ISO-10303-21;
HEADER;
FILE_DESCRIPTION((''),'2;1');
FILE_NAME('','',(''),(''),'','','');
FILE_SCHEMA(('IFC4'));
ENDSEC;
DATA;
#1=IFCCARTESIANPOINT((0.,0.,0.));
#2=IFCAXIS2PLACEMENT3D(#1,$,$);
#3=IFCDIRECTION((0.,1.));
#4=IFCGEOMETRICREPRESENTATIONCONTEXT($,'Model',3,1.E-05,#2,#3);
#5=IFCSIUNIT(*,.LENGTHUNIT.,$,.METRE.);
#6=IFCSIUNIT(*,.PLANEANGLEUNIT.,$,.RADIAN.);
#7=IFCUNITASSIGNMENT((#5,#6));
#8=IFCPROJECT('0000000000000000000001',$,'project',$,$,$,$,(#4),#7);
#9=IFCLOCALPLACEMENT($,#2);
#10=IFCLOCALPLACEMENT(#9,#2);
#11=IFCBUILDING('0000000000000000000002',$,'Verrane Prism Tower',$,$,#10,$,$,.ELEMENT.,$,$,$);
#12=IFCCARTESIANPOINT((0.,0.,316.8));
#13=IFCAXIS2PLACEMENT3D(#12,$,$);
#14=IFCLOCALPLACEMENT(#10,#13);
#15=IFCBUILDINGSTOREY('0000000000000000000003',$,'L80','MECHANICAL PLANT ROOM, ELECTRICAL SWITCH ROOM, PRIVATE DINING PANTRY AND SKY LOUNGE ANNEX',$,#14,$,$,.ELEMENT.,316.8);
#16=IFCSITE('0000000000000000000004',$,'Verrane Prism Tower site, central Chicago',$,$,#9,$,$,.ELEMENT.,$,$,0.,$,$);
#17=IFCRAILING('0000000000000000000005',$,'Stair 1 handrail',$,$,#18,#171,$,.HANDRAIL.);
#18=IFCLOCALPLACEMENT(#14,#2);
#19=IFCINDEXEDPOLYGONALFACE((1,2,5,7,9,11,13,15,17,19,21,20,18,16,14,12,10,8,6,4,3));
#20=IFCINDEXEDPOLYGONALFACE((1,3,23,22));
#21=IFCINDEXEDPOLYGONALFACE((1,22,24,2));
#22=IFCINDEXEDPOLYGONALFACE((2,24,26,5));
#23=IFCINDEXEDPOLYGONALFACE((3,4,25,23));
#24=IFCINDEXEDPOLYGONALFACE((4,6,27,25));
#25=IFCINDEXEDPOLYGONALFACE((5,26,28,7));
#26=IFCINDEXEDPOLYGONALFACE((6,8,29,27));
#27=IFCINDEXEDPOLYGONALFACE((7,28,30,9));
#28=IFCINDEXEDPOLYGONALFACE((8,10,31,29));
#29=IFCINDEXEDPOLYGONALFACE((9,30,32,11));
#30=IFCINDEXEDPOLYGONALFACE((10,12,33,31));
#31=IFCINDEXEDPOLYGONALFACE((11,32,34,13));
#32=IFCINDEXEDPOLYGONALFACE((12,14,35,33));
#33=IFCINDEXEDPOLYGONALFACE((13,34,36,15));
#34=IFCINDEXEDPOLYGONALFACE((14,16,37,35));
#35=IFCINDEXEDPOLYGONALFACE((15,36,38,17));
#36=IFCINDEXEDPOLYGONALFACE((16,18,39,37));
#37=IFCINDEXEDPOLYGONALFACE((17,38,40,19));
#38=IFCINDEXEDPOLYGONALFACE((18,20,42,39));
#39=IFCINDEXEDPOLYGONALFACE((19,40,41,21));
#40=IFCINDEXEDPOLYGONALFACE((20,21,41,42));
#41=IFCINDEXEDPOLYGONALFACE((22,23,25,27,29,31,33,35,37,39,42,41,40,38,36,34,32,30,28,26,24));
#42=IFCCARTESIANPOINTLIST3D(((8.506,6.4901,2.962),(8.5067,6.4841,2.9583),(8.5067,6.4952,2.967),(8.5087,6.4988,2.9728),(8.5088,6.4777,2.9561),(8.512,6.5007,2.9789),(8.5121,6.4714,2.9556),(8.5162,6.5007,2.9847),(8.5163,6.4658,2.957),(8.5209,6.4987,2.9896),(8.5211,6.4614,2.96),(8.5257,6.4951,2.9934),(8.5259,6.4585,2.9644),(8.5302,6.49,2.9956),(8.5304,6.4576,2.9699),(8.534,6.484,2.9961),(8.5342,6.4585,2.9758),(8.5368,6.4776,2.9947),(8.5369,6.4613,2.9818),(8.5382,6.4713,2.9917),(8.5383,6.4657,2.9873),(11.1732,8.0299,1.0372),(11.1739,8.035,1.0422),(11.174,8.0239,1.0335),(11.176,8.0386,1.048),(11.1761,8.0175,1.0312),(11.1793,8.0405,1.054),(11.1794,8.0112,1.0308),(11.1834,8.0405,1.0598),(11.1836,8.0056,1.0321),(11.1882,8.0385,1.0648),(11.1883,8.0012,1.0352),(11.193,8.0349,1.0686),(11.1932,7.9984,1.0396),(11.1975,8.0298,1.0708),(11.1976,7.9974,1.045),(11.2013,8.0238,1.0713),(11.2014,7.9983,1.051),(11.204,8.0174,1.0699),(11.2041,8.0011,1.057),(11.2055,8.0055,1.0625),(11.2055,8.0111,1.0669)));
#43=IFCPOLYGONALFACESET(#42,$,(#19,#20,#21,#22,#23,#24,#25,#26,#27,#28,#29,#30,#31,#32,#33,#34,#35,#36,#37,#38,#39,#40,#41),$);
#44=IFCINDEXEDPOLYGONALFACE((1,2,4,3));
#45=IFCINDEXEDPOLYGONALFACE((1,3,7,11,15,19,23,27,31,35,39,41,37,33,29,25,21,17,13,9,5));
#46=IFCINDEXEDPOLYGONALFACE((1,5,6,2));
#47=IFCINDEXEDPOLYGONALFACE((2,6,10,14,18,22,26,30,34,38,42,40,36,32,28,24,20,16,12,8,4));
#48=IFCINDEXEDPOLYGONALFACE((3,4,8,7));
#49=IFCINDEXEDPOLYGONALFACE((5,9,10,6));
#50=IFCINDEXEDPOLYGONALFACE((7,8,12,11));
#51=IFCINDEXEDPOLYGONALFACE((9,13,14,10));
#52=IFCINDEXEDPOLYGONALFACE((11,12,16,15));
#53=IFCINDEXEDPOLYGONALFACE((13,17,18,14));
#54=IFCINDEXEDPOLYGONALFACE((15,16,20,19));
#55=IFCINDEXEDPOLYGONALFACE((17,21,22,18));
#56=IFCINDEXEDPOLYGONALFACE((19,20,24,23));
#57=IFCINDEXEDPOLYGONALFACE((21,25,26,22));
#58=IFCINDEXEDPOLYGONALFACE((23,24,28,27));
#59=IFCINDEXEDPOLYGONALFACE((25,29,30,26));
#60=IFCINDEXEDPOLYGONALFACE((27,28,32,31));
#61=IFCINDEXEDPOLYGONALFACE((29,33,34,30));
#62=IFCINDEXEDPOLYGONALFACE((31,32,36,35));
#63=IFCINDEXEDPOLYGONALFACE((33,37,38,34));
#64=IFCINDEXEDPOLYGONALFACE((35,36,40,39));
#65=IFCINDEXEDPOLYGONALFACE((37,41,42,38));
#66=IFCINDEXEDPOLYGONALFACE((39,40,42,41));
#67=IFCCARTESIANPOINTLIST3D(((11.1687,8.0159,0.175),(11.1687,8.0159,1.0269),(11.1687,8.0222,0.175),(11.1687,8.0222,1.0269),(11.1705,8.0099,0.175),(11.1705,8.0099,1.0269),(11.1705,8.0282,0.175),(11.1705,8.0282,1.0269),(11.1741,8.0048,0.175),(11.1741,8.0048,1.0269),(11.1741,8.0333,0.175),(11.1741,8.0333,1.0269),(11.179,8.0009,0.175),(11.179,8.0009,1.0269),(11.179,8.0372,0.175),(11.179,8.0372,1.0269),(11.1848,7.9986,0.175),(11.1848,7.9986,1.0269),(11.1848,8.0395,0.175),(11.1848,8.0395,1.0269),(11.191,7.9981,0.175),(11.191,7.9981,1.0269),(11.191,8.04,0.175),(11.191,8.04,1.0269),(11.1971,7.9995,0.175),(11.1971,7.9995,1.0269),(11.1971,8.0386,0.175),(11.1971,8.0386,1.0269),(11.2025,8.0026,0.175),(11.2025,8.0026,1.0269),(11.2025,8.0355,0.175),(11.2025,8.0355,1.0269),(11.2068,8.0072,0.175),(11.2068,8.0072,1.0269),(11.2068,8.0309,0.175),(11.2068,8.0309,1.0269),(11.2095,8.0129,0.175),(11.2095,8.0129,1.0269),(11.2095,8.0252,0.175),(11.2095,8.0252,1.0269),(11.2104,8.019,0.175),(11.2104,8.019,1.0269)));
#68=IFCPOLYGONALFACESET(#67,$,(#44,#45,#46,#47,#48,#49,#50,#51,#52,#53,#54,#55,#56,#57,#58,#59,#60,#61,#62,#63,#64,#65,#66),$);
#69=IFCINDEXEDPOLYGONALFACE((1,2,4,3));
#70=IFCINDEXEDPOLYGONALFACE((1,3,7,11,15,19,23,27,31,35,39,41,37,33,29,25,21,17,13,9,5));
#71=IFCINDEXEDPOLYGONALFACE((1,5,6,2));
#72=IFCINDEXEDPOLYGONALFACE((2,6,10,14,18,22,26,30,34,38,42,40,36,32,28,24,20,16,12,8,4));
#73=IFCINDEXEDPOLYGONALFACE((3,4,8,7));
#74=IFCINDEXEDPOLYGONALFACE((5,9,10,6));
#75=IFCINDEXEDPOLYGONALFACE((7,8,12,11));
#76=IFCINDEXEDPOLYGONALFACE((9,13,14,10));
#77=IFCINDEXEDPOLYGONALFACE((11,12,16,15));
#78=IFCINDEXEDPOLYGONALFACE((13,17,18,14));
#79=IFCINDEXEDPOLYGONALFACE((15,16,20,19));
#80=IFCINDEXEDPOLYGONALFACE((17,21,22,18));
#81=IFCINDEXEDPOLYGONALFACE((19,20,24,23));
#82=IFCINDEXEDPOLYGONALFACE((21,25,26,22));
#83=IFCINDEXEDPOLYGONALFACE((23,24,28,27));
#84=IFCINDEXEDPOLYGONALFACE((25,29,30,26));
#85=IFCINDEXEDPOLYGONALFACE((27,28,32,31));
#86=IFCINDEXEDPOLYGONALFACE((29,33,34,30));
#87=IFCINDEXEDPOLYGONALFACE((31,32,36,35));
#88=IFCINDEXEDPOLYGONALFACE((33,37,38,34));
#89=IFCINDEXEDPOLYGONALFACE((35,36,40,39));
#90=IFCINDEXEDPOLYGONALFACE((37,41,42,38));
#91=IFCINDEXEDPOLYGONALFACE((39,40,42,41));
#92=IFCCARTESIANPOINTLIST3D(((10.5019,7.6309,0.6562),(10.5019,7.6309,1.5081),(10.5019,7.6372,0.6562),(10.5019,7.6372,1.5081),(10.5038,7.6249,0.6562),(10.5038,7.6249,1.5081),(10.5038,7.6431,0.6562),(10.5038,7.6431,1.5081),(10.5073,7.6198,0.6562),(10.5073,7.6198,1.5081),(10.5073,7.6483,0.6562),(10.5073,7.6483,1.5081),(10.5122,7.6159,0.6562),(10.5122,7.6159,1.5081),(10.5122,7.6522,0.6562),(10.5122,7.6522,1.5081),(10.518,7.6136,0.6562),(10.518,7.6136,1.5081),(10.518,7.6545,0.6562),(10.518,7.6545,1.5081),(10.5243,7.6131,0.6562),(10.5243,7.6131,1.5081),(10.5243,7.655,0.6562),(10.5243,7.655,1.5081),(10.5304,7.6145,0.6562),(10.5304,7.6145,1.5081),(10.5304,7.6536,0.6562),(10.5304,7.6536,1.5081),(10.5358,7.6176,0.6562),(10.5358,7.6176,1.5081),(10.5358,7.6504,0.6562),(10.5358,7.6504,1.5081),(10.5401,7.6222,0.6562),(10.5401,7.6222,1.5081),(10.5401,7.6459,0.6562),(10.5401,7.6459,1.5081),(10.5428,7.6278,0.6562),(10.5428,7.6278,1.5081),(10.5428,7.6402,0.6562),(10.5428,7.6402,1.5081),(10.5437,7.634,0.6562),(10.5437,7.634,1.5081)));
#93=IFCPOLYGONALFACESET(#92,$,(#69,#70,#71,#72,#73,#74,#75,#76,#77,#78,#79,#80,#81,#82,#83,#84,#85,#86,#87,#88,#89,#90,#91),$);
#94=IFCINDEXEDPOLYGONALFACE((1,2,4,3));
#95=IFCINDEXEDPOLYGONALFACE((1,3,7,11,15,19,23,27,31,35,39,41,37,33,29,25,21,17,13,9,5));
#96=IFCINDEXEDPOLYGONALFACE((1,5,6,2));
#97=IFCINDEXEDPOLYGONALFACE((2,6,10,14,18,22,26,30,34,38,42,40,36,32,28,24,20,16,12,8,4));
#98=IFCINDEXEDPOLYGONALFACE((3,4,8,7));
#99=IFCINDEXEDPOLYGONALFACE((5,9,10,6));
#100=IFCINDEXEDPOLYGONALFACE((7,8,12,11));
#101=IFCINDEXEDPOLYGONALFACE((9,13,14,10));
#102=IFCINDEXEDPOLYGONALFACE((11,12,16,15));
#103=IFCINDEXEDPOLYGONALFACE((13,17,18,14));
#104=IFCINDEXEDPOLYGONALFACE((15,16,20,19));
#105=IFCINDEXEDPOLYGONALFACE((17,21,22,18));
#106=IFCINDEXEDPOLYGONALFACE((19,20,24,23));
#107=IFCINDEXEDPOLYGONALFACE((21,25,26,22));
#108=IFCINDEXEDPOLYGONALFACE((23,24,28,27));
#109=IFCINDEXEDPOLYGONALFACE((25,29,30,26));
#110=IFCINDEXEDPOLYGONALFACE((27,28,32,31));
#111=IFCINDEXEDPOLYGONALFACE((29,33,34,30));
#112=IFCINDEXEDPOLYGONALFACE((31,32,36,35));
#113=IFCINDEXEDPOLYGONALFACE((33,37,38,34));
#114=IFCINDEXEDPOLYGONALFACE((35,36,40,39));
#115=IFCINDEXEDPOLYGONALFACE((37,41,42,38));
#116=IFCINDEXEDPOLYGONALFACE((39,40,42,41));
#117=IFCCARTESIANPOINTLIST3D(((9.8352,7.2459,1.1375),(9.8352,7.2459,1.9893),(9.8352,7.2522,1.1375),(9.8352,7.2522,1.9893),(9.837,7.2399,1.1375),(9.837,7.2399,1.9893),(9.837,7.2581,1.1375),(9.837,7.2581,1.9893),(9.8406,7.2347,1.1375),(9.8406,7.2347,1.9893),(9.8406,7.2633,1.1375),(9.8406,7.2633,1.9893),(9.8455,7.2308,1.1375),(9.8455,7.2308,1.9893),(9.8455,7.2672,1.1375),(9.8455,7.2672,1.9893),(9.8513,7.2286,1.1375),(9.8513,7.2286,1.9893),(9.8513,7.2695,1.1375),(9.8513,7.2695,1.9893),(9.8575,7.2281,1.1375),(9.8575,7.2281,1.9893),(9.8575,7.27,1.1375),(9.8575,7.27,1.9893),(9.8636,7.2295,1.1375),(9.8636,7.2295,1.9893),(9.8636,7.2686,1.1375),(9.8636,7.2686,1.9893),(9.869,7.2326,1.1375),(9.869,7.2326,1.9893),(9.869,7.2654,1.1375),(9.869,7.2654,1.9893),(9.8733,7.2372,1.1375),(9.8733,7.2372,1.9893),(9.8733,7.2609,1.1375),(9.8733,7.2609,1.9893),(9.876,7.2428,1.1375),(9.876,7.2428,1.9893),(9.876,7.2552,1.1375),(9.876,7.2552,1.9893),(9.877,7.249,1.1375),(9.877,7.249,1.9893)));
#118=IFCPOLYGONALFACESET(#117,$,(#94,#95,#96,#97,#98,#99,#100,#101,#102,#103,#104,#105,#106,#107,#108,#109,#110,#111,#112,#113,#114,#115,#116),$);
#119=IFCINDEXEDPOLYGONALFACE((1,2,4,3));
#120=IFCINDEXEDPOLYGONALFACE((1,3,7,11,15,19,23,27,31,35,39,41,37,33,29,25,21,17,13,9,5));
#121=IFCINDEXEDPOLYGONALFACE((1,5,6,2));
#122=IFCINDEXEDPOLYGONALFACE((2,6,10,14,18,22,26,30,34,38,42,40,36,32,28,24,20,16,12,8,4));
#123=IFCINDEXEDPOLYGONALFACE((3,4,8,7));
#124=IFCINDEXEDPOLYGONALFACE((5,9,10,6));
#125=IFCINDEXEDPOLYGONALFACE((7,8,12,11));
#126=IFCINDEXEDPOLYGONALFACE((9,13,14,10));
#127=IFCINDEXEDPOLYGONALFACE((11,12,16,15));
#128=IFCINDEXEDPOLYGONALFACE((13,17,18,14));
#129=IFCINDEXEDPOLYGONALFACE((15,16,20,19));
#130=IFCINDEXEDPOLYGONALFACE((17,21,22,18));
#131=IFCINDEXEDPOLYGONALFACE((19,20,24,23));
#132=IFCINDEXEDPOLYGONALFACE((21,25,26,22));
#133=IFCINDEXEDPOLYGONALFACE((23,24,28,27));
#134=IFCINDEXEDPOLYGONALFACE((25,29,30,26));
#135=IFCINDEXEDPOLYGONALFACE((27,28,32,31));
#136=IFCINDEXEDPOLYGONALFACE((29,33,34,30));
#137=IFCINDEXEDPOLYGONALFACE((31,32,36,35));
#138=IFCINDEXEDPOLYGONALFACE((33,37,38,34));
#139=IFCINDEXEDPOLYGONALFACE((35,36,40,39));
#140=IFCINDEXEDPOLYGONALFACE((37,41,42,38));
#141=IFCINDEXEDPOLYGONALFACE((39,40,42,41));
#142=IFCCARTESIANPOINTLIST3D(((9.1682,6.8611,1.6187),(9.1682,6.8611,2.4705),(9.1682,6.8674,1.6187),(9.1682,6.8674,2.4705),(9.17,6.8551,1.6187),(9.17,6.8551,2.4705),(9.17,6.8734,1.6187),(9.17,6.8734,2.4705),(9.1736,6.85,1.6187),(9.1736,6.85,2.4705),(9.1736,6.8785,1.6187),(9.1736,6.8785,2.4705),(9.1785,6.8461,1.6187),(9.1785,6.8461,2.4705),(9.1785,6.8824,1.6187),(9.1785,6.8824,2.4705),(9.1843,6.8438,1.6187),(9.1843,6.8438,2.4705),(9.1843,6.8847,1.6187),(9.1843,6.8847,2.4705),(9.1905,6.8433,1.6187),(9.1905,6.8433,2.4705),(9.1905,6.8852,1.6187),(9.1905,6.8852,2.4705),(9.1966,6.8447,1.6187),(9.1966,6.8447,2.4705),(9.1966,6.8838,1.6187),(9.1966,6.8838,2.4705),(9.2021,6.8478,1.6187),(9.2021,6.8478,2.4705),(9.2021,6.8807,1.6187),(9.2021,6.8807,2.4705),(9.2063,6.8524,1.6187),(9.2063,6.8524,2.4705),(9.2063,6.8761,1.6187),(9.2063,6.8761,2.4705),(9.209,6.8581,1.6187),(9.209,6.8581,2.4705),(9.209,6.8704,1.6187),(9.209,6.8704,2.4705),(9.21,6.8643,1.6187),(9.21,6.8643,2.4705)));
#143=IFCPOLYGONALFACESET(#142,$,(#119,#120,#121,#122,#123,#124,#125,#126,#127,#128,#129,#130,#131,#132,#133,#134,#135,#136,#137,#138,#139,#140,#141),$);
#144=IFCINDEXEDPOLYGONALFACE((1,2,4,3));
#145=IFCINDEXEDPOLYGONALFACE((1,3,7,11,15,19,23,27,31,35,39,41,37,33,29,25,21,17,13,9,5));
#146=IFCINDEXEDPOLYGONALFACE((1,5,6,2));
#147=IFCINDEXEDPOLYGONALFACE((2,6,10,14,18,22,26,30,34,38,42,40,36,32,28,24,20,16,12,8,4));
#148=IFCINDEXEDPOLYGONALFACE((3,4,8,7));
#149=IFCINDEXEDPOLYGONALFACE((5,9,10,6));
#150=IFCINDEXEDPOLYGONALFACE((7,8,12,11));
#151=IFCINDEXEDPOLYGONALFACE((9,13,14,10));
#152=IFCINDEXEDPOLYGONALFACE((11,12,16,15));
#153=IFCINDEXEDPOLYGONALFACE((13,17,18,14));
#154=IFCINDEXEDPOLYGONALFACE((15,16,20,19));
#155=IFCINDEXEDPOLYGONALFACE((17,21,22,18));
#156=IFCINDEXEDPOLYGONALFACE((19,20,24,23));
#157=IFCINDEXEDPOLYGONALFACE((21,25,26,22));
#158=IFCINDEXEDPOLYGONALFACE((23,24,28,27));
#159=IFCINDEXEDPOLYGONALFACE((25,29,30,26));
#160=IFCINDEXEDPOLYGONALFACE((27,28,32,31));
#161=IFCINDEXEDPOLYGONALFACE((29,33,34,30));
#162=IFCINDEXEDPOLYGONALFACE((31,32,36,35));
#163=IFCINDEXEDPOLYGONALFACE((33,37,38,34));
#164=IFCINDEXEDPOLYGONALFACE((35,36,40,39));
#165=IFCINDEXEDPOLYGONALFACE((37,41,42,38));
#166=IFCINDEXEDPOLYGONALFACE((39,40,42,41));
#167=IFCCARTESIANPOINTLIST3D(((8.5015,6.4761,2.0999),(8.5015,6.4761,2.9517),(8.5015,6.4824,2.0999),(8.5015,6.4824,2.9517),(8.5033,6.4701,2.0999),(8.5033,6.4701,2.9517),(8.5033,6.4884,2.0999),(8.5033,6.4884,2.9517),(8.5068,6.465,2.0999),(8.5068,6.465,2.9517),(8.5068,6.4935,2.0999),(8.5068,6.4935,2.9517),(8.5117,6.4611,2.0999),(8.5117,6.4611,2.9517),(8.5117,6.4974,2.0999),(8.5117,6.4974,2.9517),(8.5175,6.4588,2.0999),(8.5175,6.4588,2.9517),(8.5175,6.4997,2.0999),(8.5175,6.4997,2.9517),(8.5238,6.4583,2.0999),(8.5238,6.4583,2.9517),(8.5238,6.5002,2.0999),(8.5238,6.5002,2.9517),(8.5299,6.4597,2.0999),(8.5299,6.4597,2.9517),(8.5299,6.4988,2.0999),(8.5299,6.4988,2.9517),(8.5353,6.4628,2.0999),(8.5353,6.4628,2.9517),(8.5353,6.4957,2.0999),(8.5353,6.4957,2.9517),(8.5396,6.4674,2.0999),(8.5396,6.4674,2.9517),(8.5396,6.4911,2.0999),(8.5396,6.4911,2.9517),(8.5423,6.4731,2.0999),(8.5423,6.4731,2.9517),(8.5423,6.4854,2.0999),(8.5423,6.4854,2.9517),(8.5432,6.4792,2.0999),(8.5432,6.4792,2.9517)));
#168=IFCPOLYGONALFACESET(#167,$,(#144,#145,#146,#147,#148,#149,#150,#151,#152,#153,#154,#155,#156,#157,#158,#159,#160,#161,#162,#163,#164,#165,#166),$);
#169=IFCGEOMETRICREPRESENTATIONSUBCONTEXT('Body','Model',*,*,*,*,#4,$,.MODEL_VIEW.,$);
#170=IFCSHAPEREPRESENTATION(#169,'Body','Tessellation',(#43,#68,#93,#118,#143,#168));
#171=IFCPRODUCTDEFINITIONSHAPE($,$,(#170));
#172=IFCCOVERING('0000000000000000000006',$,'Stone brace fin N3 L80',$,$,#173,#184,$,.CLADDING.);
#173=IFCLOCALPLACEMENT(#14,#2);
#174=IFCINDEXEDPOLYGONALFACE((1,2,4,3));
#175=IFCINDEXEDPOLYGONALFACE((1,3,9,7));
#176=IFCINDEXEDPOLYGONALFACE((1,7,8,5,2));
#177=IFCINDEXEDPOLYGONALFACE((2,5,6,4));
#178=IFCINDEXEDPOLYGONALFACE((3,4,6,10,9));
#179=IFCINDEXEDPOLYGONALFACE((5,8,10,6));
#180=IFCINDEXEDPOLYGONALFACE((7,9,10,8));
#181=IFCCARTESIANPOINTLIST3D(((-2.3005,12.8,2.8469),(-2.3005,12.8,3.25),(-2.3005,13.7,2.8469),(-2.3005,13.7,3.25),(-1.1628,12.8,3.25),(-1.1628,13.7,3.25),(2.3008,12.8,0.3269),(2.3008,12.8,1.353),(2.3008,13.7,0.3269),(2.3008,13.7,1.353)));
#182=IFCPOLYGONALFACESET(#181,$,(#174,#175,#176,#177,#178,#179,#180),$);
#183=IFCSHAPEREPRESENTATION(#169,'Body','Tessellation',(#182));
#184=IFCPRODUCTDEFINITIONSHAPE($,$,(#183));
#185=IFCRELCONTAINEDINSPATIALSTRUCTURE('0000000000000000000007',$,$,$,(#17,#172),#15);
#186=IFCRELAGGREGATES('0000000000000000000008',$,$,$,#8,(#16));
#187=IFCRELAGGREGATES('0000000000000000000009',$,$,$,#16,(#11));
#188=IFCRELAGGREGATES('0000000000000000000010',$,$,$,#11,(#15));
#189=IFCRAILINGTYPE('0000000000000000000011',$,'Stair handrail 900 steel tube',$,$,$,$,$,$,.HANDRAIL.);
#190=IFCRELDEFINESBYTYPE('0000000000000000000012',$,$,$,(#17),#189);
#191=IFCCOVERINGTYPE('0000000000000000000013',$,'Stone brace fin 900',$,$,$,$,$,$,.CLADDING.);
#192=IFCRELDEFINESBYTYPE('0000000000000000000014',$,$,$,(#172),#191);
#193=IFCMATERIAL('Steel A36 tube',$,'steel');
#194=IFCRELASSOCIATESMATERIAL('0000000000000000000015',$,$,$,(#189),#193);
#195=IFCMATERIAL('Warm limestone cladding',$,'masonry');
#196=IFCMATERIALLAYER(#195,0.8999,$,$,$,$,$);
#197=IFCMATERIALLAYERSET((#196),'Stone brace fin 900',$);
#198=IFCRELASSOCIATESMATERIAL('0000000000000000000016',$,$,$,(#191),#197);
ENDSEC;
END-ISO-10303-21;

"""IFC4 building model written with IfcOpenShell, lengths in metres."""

from ifc_helpers import new_model, si_unit, direction, frame, origin, origin_2d, place, context, subcontext, project, spatial, polyline, circle, outline, extrude, material, layer, layer_set, type_object, element, save


model = new_model("IFC4")

# Units and contexts
model_context = context("Model", 3, precision=1e-05, world=origin(), true_north=direction((0.0, 1.0)))
body_context = subcontext(model_context, "Body", "Model", "MODEL_VIEW")
ifc_project = project(units=[si_unit("LENGTHUNIT", "METRE"), si_unit("PLANEANGLEUNIT", "RADIAN")], contexts=[model_context])

# Site, building, storey
site_placement = place(None, origin())
site = spatial("IfcSite", under=ifc_project, at=site_placement, Name="Verrane Prism Tower site, central Chicago", CompositionType="ELEMENT", RefElevation=0.0)
building_placement = place(site_placement, origin())
building = spatial("IfcBuilding", under=site, at=building_placement, Name="Verrane Prism Tower", CompositionType="ELEMENT")
storey_placement = place(building_placement, frame((0.0, 0.0, 316.8)))
storey = spatial("IfcBuildingStorey", under=building, at=storey_placement, Name="L80", Description="MECHANICAL PLANT ROOM, ELECTRICAL SWITCH ROOM, PRIVATE DINING PANTRY AND SKY LOUNGE ANNEX", CompositionType="ELEMENT", Elevation=316.8)

# Railing
ifc_material_1 = material(Name="Steel A36 tube", Category="steel")
railing_type_1 = type_object("IfcRailingType", Name="Stair handrail 900 steel tube", PredefinedType="HANDRAIL", material=ifc_material_1)
railing_1_placement = place(storey_placement, frame((11.1895, 8.019, 0.175)))
element("IfcRailing", 1, at=railing_1_placement, inside=storey, type_object=railing_type_1, Name="Stair 1 handrail", PredefinedType="HANDRAIL", context=body_context, shape_type="SweptSolid", body=[
    extrude(circle(Radius=0.0239, at=origin_2d()), frame((0.0, 0.0, 0.876), z_axis=(-0.734411, -0.423975, 0.529986), x_axis=(0.499967, -0.866044, 0.0)), (0.0, 0.0, 1.0), 3.6318),
    extrude(circle(Radius=0.021, at=origin_2d()), origin(), (0.0, 0.0, 1.0), 0.8518),
    extrude(circle(Radius=0.021, at=origin_2d()), frame((-0.6667, -0.385, 0.4812)), (0.0, 0.0, 1.0), 0.8518),
    extrude(circle(Radius=0.021, at=origin_2d()), frame((-1.3335, -0.77, 0.9624)), (0.0, 0.0, 1.0), 0.8518),
    extrude(circle(Radius=0.021, at=origin_2d()), frame((-2.0005, -1.1548, 1.4436)), (0.0, 0.0, 1.0), 0.8518),
    extrude(circle(Radius=0.021, at=origin_2d()), frame((-2.6672, -1.5398, 1.9248)), (0.0, 0.0, 1.0), 0.8518),
])

# Covering
ifc_material_2 = material(Name="Warm limestone cladding", Category="masonry")
ifc_layer_1 = layer(ifc_material_2, 0.8999)
ifc_layer_set_1 = layer_set([ifc_layer_1], Name="Stone brace fin 900")
covering_type = type_object("IfcCoveringType", Name="Stone brace fin 900", PredefinedType="CLADDING", material=ifc_layer_set_1)
covering_placement = place(storey_placement, frame((2.3008, 13.25, 0.3269), z_axis=(0.0, 0.0, 1.0), x_axis=(-1.0, 0.0, 0.0)))
element("IfcCovering", 2, at=covering_placement, inside=storey, type_object=covering_type, Name="Stone brace fin N3 L80", PredefinedType="CLADDING", context=body_context, shape_type="SweptSolid", body=[
    extrude(outline(polyline([(4.6013, 2.9231), (3.4636, 2.9231), (0.0, 1.0261), (0.0, 0.0), (4.6013, 2.52), (4.6013, 2.9231)])), frame((0.0, 0.45, 0.0), z_axis=(0.0, -1.0, 0.0), x_axis=(1.0, 0.0, 0.0)), (0.0, 0.0, 1.0), 0.8999),
])

save(model, "model.ifc")
